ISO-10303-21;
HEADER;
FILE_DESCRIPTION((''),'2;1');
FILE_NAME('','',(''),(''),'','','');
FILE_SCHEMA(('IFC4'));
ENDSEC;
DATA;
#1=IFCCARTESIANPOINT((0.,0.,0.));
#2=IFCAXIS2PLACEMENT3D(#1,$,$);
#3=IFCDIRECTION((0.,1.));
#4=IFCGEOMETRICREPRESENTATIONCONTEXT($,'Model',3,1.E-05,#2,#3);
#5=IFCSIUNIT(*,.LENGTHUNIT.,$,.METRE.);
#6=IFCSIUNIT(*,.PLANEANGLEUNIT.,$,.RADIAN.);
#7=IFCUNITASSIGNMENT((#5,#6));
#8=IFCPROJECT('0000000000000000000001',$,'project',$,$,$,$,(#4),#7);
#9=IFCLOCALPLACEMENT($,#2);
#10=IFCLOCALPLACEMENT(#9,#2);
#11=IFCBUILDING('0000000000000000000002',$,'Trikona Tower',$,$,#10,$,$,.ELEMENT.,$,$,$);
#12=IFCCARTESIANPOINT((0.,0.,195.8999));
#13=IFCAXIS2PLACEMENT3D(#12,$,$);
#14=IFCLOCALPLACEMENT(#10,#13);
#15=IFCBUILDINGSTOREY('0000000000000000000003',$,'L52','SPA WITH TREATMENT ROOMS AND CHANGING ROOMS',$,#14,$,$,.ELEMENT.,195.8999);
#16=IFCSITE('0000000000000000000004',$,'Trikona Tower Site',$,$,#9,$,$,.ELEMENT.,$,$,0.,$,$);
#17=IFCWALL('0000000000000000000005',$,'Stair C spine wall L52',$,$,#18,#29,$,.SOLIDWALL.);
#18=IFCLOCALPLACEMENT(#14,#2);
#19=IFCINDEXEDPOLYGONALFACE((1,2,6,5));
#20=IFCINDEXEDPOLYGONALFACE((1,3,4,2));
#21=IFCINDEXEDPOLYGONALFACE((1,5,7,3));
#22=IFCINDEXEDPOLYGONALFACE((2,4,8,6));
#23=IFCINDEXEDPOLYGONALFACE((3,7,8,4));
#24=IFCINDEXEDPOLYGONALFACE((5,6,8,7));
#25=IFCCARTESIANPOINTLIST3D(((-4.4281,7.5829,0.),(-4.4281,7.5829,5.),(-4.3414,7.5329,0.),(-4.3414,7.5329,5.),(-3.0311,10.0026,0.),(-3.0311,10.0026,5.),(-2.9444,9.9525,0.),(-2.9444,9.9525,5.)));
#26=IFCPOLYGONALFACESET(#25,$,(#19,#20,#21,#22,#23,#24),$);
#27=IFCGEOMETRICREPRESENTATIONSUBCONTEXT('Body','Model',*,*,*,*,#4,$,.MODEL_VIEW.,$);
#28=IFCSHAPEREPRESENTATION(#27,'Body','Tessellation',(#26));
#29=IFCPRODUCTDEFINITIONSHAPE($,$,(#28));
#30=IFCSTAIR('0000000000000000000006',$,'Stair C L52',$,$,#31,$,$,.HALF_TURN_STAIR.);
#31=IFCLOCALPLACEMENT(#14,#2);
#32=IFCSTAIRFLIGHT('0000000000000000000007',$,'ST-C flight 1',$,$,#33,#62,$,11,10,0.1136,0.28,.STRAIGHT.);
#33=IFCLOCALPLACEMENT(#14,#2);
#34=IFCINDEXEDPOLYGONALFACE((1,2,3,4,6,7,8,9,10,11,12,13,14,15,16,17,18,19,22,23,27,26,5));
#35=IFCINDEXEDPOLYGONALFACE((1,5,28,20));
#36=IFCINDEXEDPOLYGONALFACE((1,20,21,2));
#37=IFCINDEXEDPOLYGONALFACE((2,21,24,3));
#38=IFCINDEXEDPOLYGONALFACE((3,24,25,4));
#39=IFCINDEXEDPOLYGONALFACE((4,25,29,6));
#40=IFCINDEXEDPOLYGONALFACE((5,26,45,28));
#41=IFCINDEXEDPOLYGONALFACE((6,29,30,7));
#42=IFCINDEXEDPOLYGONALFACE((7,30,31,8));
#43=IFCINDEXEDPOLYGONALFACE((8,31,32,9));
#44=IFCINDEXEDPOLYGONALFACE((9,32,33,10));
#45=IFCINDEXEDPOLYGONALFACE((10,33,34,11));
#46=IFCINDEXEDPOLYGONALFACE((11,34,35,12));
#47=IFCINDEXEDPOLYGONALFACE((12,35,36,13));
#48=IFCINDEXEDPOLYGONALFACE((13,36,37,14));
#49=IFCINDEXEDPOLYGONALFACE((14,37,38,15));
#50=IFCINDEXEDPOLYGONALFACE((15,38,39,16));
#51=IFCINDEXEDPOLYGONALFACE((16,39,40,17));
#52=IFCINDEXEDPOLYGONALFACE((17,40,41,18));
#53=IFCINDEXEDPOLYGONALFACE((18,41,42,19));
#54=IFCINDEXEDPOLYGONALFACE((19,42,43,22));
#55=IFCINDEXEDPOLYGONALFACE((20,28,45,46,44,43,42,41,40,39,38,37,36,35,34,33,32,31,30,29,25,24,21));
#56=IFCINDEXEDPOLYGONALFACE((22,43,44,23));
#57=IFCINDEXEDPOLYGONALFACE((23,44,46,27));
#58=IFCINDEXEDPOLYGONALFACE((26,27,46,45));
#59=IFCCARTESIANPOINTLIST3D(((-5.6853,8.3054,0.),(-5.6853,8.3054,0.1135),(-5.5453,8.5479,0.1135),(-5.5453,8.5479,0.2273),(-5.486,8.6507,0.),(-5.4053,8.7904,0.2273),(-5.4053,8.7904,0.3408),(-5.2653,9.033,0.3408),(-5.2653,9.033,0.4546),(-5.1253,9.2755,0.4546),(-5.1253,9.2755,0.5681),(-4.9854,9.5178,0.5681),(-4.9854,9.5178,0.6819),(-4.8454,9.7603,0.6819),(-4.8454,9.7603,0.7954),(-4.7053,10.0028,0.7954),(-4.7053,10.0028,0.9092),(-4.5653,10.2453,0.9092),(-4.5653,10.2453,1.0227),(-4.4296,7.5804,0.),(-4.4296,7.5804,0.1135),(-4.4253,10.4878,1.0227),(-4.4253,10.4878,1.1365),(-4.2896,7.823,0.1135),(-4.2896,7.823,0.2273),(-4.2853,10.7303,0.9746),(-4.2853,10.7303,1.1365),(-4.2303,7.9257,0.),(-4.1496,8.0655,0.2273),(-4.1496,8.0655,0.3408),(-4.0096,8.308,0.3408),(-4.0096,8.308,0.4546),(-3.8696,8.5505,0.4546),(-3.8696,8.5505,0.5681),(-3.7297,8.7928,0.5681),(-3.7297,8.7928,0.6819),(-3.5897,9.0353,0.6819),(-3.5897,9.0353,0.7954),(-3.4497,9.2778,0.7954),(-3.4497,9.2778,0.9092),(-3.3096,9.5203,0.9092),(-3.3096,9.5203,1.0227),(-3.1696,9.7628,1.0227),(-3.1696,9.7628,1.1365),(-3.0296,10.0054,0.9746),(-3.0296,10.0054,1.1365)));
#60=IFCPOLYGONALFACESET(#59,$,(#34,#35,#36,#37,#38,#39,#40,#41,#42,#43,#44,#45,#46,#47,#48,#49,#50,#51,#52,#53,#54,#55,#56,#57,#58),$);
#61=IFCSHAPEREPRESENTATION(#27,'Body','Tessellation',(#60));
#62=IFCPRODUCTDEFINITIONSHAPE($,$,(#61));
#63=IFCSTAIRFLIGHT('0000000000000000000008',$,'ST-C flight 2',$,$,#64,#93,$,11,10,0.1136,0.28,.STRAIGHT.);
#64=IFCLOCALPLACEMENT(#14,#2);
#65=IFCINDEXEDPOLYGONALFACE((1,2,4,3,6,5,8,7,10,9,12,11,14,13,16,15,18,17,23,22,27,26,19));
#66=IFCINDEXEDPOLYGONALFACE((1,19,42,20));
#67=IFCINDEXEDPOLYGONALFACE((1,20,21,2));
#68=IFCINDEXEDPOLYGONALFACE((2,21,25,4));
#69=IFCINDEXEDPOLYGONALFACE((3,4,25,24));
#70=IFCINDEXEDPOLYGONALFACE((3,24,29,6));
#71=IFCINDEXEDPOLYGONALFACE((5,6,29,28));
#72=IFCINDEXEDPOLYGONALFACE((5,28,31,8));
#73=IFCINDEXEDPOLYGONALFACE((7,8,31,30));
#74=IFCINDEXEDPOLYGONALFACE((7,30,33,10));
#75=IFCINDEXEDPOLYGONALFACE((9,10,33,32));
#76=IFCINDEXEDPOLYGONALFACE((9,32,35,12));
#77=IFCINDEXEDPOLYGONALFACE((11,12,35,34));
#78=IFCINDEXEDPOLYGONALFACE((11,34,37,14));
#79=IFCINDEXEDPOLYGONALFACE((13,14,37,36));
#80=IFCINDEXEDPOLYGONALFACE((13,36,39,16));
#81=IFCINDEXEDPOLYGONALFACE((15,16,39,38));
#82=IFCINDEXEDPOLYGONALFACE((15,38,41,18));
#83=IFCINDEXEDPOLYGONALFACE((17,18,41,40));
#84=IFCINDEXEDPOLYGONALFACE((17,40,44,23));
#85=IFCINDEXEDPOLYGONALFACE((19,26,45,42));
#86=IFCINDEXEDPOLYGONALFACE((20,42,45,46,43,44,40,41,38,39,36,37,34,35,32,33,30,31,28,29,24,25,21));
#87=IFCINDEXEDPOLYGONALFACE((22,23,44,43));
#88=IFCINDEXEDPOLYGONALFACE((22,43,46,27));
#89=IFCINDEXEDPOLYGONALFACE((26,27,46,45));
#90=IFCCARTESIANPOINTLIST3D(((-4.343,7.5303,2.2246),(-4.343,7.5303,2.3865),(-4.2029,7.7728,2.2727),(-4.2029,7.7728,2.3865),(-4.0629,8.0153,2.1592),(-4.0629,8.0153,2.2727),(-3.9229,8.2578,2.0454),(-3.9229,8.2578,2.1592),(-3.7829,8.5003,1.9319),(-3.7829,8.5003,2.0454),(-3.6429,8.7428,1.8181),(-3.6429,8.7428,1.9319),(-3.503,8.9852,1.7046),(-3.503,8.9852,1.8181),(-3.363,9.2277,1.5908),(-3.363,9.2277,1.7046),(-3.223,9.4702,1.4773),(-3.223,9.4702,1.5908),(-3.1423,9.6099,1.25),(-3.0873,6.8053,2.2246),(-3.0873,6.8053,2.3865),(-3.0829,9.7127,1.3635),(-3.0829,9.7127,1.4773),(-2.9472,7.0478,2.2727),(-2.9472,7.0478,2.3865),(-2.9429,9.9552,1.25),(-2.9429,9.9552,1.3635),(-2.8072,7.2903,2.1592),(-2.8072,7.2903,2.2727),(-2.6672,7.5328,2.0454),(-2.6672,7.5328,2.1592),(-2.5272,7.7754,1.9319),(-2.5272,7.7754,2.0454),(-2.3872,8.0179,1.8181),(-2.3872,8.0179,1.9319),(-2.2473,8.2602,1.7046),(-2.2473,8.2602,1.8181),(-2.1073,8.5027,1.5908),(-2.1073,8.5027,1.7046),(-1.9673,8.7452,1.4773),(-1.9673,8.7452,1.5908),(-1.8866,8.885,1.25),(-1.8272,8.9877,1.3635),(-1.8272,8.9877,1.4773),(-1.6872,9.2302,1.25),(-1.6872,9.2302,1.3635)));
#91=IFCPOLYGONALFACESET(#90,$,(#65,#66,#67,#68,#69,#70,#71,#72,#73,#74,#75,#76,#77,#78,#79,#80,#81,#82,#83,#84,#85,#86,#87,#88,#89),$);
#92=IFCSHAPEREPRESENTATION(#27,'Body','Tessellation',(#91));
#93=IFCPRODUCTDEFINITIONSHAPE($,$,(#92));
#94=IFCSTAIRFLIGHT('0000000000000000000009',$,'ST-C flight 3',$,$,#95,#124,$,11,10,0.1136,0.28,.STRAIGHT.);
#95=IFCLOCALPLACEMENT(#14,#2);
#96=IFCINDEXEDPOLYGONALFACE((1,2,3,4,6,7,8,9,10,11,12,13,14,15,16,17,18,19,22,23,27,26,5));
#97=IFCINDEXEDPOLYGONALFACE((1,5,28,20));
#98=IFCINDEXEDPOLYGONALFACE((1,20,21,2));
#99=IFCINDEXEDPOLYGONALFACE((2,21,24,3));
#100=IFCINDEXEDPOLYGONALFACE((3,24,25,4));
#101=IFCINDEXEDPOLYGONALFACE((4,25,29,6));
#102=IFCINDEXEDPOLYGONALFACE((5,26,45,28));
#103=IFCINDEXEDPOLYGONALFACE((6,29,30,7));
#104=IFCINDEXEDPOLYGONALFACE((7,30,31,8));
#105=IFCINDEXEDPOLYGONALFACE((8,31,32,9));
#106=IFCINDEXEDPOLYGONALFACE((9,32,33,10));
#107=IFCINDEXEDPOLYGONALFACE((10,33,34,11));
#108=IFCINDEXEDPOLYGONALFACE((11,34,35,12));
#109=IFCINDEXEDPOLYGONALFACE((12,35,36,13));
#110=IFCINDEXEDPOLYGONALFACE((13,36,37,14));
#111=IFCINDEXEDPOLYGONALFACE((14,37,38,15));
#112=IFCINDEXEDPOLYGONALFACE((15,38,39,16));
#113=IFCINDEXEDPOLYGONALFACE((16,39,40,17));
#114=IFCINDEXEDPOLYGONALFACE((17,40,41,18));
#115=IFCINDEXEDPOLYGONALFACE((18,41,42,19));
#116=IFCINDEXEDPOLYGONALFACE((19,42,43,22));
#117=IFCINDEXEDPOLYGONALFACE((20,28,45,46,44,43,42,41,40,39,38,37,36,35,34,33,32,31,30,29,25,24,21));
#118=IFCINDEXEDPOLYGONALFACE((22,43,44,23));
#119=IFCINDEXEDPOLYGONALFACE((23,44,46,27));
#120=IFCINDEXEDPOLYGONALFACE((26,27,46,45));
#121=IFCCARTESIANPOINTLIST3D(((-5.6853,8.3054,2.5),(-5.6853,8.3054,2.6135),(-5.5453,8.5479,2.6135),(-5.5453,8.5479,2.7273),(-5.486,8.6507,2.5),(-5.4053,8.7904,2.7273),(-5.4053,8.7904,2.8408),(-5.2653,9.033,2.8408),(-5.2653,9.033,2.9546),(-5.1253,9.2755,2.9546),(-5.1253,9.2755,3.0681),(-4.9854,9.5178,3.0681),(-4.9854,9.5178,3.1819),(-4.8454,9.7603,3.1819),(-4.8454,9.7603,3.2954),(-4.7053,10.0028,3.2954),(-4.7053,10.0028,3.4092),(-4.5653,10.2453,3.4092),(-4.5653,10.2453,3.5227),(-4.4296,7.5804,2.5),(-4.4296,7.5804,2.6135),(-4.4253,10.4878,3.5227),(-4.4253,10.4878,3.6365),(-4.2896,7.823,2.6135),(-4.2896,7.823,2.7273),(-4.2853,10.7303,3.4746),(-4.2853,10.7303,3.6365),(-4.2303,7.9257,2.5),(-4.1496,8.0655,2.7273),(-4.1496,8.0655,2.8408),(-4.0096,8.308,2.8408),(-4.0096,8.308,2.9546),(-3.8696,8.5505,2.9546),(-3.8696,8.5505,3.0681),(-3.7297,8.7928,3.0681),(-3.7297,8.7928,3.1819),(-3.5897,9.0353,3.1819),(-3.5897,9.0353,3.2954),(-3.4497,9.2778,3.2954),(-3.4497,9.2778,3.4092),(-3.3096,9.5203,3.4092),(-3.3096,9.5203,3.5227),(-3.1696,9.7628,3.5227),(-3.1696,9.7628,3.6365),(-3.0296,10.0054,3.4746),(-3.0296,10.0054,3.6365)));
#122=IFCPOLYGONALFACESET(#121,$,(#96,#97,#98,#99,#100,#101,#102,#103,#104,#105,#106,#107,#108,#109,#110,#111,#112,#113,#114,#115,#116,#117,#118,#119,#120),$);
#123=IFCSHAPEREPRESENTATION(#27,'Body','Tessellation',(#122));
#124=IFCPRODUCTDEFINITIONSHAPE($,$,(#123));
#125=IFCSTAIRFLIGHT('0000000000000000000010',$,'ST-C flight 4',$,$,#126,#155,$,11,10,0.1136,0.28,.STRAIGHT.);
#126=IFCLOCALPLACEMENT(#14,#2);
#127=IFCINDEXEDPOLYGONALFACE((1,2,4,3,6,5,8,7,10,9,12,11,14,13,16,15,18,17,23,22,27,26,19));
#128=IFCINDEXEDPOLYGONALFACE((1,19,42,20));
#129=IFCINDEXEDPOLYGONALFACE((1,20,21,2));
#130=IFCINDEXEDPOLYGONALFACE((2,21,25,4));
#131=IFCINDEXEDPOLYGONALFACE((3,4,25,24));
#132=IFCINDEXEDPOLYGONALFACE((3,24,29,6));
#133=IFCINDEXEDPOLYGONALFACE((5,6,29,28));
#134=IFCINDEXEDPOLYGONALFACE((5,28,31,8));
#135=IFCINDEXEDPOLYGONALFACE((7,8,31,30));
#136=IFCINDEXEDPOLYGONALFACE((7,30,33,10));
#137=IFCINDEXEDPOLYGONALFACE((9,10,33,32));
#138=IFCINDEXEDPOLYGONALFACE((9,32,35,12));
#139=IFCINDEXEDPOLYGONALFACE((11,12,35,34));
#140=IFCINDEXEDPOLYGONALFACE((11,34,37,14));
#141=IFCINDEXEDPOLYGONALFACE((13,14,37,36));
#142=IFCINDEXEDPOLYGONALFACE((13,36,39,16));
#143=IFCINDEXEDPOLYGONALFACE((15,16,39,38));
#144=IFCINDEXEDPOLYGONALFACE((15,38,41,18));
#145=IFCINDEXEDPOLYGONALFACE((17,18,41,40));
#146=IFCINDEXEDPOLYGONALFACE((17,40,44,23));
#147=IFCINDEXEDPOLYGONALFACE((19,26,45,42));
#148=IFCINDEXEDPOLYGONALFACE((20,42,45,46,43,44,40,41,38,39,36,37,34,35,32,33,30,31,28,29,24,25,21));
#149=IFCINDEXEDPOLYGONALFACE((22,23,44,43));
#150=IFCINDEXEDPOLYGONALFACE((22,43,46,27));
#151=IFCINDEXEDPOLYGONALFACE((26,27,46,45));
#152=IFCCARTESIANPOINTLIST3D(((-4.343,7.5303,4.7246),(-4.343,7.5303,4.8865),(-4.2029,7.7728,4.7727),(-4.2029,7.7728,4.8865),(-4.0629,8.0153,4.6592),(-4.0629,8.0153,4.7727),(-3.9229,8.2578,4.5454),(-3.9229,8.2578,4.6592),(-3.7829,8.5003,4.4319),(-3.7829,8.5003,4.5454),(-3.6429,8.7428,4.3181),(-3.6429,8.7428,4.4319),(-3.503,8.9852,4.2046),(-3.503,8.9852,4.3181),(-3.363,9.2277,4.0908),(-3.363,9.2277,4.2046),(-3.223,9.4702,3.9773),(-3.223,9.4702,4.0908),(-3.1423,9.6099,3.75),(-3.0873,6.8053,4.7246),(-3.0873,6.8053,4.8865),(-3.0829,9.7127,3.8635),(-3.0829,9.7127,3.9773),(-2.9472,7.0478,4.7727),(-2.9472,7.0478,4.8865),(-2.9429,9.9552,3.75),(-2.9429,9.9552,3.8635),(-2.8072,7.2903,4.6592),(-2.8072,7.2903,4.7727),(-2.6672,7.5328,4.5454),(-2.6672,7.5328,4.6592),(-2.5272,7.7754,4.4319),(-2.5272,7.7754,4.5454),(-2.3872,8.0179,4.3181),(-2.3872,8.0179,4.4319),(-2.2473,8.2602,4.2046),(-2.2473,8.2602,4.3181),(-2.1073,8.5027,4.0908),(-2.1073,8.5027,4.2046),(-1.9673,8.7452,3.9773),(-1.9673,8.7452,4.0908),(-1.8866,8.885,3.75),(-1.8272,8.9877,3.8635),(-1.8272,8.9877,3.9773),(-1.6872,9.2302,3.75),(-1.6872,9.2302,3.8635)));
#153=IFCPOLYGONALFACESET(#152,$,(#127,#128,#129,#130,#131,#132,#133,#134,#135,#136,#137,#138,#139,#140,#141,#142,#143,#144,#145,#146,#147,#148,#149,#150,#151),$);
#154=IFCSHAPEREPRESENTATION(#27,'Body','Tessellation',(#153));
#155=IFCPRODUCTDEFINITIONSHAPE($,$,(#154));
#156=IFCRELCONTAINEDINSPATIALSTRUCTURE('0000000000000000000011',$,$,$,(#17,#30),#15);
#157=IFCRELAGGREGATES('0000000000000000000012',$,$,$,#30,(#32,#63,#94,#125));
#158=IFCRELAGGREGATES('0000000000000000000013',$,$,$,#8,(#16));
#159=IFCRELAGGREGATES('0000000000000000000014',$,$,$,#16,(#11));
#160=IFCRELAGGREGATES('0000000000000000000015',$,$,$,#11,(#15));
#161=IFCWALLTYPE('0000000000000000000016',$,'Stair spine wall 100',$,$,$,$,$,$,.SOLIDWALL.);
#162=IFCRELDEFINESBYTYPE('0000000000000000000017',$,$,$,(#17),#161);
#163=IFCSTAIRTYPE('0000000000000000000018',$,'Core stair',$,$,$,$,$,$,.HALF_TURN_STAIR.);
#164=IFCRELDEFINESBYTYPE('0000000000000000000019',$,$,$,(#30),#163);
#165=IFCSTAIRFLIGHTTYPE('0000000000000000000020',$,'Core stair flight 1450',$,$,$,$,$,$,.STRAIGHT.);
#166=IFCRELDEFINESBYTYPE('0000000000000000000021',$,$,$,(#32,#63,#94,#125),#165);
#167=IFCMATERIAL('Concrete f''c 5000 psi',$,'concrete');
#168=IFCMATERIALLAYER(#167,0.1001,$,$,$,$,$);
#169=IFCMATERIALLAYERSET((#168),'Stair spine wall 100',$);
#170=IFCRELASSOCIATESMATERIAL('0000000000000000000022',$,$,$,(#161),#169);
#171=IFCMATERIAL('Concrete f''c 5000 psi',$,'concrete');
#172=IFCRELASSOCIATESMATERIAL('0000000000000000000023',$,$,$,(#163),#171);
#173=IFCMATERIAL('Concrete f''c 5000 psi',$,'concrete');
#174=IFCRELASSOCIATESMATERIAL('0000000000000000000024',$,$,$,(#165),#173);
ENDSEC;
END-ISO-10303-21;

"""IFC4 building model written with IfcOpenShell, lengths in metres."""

from ifc_helpers import new_model, si_unit, direction, frame, frame_2d, origin, place, context, subcontext, project, spatial, polyline, rectangle, outline, extrude, material, layer, layer_set, type_object, element, aggregate, save


model = new_model("IFC4")

# Units and contexts
model_context = context("Model", 3, precision=1e-05, world=origin(), true_north=direction((0.0, 1.0)))
body_context = subcontext(model_context, "Body", "Model", "MODEL_VIEW")
ifc_project = project(units=[si_unit("LENGTHUNIT", "METRE"), si_unit("PLANEANGLEUNIT", "RADIAN")], contexts=[model_context])

# Site, building, storey
site_placement = place(None, origin())
site = spatial("IfcSite", under=ifc_project, at=site_placement, Name="Trikona Tower Site", CompositionType="ELEMENT", RefElevation=0.0)
building_placement = place(site_placement, origin())
building = spatial("IfcBuilding", under=site, at=building_placement, Name="Trikona Tower", CompositionType="ELEMENT")
storey_placement = place(building_placement, frame((0.0, 0.0, 195.8999)))
storey = spatial("IfcBuildingStorey", under=building, at=storey_placement, Name="L52", Description="SPA WITH TREATMENT ROOMS AND CHANGING ROOMS", CompositionType="ELEMENT", Elevation=195.8999)

# Wall
ifc_material_1 = material(Name="Concrete f'c 5000 psi", Category="concrete")
ifc_layer_1 = layer(ifc_material_1, 0.1001)
ifc_layer_set_1 = layer_set([ifc_layer_1], Name="Stair spine wall 100")
wall_type_1 = type_object("IfcWallType", Name="Stair spine wall 100", PredefinedType="SOLIDWALL", material=ifc_layer_set_1)
wall_1_placement = place(storey_placement, frame((-2.9878, 9.9775, 0.0), z_axis=(0.0, 0.0, 1.0), x_axis=(-0.499992, -0.86603, 0.0)))
element("IfcWall", 1, at=wall_1_placement, inside=storey, type_object=wall_type_1, Name="Stair C spine wall L52", PredefinedType="SOLIDWALL", context=body_context, shape_type="SweptSolid", body=[
    extrude(rectangle(XDim=2.7939, YDim=0.1001, at=frame_2d((1.397, 0.0))), origin(), (0.0, 0.0, 1.0), 5.0),
])

# Stair, stair flights
ifc_material_2 = material(Name="Concrete f'c 5000 psi", Category="concrete")
stair_type = type_object("IfcStairType", Name="Core stair", PredefinedType="HALF_TURN_STAIR", material=ifc_material_2)
stair_placement = place(storey_placement, origin())
stair = element("IfcStair", 2, at=stair_placement, inside=storey, type_object=stair_type, Name="Stair C L52", PredefinedType="HALF_TURN_STAIR")
ifc_material_3 = material(Name="Concrete f'c 5000 psi", Category="concrete")
stair_flight_type = type_object("IfcStairFlightType", Name="Core stair flight 1450", PredefinedType="STRAIGHT", material=ifc_material_3)
stair_flight_1_placement = place(storey_placement, frame((-5.0574, 7.9429, 0.0), z_axis=(0.0, 0.0, 1.0), x_axis=(0.5, 0.866025, 0.0)))
stair_flight_1 = element("IfcStairFlight", 3, at=stair_flight_1_placement, type_object=stair_flight_type, Name="ST-C flight 1", NumberOfRisers=11, NumberOfTreads=10, PredefinedType="STRAIGHT", RiserHeight=0.1136, TreadLength=0.28, context=body_context, shape_type="SweptSolid", body=[
    extrude(outline(polyline([(0.0, 0.0), (0.0, 0.1135), (0.28, 0.1135), (0.28, 0.2273), (0.5601, 0.2273), (0.5601, 0.3408), (0.8401, 0.3408), (0.8401, 0.4546), (1.1201, 0.4546), (1.1201, 0.5681), (1.3999, 0.5681), (1.3999, 0.6819), (1.6799, 0.6819), (1.6799, 0.7954), (1.96, 0.7954), (1.96, 0.9092), (2.24, 0.9092), (2.24, 1.0227), (2.52, 1.0227), (2.52, 1.1365), (2.8, 1.1365), (2.8, 1.25), (2.8, 0.9746), (0.3987, 0.0), (0.0, 0.0)])), frame((0.0, 0.7251, 0.0), z_axis=(0.0, -1.0, 0.0), x_axis=(1.0, 0.0, 0.0)), (0.0, 0.0, 1.0), 1.45),
])
stair_flight_2_placement = place(storey_placement, frame((-2.3152, 9.5928, 1.25), z_axis=(0.0, 0.0, 1.0), x_axis=(-0.5, -0.866025, 0.0)))
stair_flight_2 = element("IfcStairFlight", 4, at=stair_flight_2_placement, type_object=stair_flight_type, Name="ST-C flight 2", NumberOfRisers=11, NumberOfTreads=10, PredefinedType="STRAIGHT", RiserHeight=0.1136, TreadLength=0.28, context=body_context, shape_type="SweptSolid", body=[
    extrude(outline(polyline([(0.0, 0.0), (0.0, 0.1135), (0.28, 0.1135), (0.28, 0.2273), (0.5601, 0.2273), (0.5601, 0.3408), (0.8401, 0.3408), (0.8401, 0.4546), (1.1201, 0.4546), (1.1201, 0.5681), (1.3999, 0.5681), (1.3999, 0.6819), (1.6799, 0.6819), (1.6799, 0.7954), (1.96, 0.7954), (1.96, 0.9092), (2.24, 0.9092), (2.24, 1.0227), (2.52, 1.0227), (2.52, 1.1365), (2.8, 1.1365), (2.8, 1.25), (2.8, 0.9746), (0.3987, 0.0), (0.0, 0.0)])), frame((0.0, 0.7251, 0.0), z_axis=(0.0, -1.0, 0.0), x_axis=(1.0, 0.0, 0.0)), (0.0, 0.0, 1.0), 1.45),
])
stair_flight_3_placement = place(storey_placement, frame((-5.0574, 7.9429, 2.5), z_axis=(0.0, 0.0, 1.0), x_axis=(0.5, 0.866025, 0.0)))
stair_flight_3 = element("IfcStairFlight", 5, at=stair_flight_3_placement, type_object=stair_flight_type, Name="ST-C flight 3", NumberOfRisers=11, NumberOfTreads=10, PredefinedType="STRAIGHT", RiserHeight=0.1136, TreadLength=0.28, context=body_context, shape_type="SweptSolid", body=[
    extrude(outline(polyline([(0.0, 0.0), (0.0, 0.1135), (0.28, 0.1135), (0.28, 0.2273), (0.5601, 0.2273), (0.5601, 0.3408), (0.8401, 0.3408), (0.8401, 0.4546), (1.1201, 0.4546), (1.1201, 0.5681), (1.3999, 0.5681), (1.3999, 0.6819), (1.6799, 0.6819), (1.6799, 0.7954), (1.96, 0.7954), (1.96, 0.9092), (2.24, 0.9092), (2.24, 1.0227), (2.52, 1.0227), (2.52, 1.1365), (2.8, 1.1365), (2.8, 1.25), (2.8, 0.9746), (0.3987, 0.0), (0.0, 0.0)])), frame((0.0, 0.7251, 0.0), z_axis=(0.0, -1.0, 0.0), x_axis=(1.0, 0.0, 0.0)), (0.0, 0.0, 1.0), 1.45),
])
stair_flight_4_placement = place(storey_placement, frame((-2.3152, 9.5928, 3.75), z_axis=(0.0, 0.0, 1.0), x_axis=(-0.5, -0.866025, 0.0)))
stair_flight_4 = element("IfcStairFlight", 6, at=stair_flight_4_placement, type_object=stair_flight_type, Name="ST-C flight 4", NumberOfRisers=11, NumberOfTreads=10, PredefinedType="STRAIGHT", RiserHeight=0.1136, TreadLength=0.28, context=body_context, shape_type="SweptSolid", body=[
    extrude(outline(polyline([(0.0, 0.0), (0.0, 0.1135), (0.28, 0.1135), (0.28, 0.2273), (0.5601, 0.2273), (0.5601, 0.3408), (0.8401, 0.3408), (0.8401, 0.4546), (1.1201, 0.4546), (1.1201, 0.5681), (1.3999, 0.5681), (1.3999, 0.6819), (1.6799, 0.6819), (1.6799, 0.7954), (1.96, 0.7954), (1.96, 0.9092), (2.24, 0.9092), (2.24, 1.0227), (2.52, 1.0227), (2.52, 1.1365), (2.8, 1.1365), (2.8, 1.25), (2.8, 0.9746), (0.3987, 0.0), (0.0, 0.0)])), frame((0.0, 0.7251, 0.0), z_axis=(0.0, -1.0, 0.0), x_axis=(1.0, 0.0, 0.0)), (0.0, 0.0, 1.0), 1.45),
])
aggregate(stair, [stair_flight_1, stair_flight_2, stair_flight_3, stair_flight_4])

save(model, "model.ifc")
